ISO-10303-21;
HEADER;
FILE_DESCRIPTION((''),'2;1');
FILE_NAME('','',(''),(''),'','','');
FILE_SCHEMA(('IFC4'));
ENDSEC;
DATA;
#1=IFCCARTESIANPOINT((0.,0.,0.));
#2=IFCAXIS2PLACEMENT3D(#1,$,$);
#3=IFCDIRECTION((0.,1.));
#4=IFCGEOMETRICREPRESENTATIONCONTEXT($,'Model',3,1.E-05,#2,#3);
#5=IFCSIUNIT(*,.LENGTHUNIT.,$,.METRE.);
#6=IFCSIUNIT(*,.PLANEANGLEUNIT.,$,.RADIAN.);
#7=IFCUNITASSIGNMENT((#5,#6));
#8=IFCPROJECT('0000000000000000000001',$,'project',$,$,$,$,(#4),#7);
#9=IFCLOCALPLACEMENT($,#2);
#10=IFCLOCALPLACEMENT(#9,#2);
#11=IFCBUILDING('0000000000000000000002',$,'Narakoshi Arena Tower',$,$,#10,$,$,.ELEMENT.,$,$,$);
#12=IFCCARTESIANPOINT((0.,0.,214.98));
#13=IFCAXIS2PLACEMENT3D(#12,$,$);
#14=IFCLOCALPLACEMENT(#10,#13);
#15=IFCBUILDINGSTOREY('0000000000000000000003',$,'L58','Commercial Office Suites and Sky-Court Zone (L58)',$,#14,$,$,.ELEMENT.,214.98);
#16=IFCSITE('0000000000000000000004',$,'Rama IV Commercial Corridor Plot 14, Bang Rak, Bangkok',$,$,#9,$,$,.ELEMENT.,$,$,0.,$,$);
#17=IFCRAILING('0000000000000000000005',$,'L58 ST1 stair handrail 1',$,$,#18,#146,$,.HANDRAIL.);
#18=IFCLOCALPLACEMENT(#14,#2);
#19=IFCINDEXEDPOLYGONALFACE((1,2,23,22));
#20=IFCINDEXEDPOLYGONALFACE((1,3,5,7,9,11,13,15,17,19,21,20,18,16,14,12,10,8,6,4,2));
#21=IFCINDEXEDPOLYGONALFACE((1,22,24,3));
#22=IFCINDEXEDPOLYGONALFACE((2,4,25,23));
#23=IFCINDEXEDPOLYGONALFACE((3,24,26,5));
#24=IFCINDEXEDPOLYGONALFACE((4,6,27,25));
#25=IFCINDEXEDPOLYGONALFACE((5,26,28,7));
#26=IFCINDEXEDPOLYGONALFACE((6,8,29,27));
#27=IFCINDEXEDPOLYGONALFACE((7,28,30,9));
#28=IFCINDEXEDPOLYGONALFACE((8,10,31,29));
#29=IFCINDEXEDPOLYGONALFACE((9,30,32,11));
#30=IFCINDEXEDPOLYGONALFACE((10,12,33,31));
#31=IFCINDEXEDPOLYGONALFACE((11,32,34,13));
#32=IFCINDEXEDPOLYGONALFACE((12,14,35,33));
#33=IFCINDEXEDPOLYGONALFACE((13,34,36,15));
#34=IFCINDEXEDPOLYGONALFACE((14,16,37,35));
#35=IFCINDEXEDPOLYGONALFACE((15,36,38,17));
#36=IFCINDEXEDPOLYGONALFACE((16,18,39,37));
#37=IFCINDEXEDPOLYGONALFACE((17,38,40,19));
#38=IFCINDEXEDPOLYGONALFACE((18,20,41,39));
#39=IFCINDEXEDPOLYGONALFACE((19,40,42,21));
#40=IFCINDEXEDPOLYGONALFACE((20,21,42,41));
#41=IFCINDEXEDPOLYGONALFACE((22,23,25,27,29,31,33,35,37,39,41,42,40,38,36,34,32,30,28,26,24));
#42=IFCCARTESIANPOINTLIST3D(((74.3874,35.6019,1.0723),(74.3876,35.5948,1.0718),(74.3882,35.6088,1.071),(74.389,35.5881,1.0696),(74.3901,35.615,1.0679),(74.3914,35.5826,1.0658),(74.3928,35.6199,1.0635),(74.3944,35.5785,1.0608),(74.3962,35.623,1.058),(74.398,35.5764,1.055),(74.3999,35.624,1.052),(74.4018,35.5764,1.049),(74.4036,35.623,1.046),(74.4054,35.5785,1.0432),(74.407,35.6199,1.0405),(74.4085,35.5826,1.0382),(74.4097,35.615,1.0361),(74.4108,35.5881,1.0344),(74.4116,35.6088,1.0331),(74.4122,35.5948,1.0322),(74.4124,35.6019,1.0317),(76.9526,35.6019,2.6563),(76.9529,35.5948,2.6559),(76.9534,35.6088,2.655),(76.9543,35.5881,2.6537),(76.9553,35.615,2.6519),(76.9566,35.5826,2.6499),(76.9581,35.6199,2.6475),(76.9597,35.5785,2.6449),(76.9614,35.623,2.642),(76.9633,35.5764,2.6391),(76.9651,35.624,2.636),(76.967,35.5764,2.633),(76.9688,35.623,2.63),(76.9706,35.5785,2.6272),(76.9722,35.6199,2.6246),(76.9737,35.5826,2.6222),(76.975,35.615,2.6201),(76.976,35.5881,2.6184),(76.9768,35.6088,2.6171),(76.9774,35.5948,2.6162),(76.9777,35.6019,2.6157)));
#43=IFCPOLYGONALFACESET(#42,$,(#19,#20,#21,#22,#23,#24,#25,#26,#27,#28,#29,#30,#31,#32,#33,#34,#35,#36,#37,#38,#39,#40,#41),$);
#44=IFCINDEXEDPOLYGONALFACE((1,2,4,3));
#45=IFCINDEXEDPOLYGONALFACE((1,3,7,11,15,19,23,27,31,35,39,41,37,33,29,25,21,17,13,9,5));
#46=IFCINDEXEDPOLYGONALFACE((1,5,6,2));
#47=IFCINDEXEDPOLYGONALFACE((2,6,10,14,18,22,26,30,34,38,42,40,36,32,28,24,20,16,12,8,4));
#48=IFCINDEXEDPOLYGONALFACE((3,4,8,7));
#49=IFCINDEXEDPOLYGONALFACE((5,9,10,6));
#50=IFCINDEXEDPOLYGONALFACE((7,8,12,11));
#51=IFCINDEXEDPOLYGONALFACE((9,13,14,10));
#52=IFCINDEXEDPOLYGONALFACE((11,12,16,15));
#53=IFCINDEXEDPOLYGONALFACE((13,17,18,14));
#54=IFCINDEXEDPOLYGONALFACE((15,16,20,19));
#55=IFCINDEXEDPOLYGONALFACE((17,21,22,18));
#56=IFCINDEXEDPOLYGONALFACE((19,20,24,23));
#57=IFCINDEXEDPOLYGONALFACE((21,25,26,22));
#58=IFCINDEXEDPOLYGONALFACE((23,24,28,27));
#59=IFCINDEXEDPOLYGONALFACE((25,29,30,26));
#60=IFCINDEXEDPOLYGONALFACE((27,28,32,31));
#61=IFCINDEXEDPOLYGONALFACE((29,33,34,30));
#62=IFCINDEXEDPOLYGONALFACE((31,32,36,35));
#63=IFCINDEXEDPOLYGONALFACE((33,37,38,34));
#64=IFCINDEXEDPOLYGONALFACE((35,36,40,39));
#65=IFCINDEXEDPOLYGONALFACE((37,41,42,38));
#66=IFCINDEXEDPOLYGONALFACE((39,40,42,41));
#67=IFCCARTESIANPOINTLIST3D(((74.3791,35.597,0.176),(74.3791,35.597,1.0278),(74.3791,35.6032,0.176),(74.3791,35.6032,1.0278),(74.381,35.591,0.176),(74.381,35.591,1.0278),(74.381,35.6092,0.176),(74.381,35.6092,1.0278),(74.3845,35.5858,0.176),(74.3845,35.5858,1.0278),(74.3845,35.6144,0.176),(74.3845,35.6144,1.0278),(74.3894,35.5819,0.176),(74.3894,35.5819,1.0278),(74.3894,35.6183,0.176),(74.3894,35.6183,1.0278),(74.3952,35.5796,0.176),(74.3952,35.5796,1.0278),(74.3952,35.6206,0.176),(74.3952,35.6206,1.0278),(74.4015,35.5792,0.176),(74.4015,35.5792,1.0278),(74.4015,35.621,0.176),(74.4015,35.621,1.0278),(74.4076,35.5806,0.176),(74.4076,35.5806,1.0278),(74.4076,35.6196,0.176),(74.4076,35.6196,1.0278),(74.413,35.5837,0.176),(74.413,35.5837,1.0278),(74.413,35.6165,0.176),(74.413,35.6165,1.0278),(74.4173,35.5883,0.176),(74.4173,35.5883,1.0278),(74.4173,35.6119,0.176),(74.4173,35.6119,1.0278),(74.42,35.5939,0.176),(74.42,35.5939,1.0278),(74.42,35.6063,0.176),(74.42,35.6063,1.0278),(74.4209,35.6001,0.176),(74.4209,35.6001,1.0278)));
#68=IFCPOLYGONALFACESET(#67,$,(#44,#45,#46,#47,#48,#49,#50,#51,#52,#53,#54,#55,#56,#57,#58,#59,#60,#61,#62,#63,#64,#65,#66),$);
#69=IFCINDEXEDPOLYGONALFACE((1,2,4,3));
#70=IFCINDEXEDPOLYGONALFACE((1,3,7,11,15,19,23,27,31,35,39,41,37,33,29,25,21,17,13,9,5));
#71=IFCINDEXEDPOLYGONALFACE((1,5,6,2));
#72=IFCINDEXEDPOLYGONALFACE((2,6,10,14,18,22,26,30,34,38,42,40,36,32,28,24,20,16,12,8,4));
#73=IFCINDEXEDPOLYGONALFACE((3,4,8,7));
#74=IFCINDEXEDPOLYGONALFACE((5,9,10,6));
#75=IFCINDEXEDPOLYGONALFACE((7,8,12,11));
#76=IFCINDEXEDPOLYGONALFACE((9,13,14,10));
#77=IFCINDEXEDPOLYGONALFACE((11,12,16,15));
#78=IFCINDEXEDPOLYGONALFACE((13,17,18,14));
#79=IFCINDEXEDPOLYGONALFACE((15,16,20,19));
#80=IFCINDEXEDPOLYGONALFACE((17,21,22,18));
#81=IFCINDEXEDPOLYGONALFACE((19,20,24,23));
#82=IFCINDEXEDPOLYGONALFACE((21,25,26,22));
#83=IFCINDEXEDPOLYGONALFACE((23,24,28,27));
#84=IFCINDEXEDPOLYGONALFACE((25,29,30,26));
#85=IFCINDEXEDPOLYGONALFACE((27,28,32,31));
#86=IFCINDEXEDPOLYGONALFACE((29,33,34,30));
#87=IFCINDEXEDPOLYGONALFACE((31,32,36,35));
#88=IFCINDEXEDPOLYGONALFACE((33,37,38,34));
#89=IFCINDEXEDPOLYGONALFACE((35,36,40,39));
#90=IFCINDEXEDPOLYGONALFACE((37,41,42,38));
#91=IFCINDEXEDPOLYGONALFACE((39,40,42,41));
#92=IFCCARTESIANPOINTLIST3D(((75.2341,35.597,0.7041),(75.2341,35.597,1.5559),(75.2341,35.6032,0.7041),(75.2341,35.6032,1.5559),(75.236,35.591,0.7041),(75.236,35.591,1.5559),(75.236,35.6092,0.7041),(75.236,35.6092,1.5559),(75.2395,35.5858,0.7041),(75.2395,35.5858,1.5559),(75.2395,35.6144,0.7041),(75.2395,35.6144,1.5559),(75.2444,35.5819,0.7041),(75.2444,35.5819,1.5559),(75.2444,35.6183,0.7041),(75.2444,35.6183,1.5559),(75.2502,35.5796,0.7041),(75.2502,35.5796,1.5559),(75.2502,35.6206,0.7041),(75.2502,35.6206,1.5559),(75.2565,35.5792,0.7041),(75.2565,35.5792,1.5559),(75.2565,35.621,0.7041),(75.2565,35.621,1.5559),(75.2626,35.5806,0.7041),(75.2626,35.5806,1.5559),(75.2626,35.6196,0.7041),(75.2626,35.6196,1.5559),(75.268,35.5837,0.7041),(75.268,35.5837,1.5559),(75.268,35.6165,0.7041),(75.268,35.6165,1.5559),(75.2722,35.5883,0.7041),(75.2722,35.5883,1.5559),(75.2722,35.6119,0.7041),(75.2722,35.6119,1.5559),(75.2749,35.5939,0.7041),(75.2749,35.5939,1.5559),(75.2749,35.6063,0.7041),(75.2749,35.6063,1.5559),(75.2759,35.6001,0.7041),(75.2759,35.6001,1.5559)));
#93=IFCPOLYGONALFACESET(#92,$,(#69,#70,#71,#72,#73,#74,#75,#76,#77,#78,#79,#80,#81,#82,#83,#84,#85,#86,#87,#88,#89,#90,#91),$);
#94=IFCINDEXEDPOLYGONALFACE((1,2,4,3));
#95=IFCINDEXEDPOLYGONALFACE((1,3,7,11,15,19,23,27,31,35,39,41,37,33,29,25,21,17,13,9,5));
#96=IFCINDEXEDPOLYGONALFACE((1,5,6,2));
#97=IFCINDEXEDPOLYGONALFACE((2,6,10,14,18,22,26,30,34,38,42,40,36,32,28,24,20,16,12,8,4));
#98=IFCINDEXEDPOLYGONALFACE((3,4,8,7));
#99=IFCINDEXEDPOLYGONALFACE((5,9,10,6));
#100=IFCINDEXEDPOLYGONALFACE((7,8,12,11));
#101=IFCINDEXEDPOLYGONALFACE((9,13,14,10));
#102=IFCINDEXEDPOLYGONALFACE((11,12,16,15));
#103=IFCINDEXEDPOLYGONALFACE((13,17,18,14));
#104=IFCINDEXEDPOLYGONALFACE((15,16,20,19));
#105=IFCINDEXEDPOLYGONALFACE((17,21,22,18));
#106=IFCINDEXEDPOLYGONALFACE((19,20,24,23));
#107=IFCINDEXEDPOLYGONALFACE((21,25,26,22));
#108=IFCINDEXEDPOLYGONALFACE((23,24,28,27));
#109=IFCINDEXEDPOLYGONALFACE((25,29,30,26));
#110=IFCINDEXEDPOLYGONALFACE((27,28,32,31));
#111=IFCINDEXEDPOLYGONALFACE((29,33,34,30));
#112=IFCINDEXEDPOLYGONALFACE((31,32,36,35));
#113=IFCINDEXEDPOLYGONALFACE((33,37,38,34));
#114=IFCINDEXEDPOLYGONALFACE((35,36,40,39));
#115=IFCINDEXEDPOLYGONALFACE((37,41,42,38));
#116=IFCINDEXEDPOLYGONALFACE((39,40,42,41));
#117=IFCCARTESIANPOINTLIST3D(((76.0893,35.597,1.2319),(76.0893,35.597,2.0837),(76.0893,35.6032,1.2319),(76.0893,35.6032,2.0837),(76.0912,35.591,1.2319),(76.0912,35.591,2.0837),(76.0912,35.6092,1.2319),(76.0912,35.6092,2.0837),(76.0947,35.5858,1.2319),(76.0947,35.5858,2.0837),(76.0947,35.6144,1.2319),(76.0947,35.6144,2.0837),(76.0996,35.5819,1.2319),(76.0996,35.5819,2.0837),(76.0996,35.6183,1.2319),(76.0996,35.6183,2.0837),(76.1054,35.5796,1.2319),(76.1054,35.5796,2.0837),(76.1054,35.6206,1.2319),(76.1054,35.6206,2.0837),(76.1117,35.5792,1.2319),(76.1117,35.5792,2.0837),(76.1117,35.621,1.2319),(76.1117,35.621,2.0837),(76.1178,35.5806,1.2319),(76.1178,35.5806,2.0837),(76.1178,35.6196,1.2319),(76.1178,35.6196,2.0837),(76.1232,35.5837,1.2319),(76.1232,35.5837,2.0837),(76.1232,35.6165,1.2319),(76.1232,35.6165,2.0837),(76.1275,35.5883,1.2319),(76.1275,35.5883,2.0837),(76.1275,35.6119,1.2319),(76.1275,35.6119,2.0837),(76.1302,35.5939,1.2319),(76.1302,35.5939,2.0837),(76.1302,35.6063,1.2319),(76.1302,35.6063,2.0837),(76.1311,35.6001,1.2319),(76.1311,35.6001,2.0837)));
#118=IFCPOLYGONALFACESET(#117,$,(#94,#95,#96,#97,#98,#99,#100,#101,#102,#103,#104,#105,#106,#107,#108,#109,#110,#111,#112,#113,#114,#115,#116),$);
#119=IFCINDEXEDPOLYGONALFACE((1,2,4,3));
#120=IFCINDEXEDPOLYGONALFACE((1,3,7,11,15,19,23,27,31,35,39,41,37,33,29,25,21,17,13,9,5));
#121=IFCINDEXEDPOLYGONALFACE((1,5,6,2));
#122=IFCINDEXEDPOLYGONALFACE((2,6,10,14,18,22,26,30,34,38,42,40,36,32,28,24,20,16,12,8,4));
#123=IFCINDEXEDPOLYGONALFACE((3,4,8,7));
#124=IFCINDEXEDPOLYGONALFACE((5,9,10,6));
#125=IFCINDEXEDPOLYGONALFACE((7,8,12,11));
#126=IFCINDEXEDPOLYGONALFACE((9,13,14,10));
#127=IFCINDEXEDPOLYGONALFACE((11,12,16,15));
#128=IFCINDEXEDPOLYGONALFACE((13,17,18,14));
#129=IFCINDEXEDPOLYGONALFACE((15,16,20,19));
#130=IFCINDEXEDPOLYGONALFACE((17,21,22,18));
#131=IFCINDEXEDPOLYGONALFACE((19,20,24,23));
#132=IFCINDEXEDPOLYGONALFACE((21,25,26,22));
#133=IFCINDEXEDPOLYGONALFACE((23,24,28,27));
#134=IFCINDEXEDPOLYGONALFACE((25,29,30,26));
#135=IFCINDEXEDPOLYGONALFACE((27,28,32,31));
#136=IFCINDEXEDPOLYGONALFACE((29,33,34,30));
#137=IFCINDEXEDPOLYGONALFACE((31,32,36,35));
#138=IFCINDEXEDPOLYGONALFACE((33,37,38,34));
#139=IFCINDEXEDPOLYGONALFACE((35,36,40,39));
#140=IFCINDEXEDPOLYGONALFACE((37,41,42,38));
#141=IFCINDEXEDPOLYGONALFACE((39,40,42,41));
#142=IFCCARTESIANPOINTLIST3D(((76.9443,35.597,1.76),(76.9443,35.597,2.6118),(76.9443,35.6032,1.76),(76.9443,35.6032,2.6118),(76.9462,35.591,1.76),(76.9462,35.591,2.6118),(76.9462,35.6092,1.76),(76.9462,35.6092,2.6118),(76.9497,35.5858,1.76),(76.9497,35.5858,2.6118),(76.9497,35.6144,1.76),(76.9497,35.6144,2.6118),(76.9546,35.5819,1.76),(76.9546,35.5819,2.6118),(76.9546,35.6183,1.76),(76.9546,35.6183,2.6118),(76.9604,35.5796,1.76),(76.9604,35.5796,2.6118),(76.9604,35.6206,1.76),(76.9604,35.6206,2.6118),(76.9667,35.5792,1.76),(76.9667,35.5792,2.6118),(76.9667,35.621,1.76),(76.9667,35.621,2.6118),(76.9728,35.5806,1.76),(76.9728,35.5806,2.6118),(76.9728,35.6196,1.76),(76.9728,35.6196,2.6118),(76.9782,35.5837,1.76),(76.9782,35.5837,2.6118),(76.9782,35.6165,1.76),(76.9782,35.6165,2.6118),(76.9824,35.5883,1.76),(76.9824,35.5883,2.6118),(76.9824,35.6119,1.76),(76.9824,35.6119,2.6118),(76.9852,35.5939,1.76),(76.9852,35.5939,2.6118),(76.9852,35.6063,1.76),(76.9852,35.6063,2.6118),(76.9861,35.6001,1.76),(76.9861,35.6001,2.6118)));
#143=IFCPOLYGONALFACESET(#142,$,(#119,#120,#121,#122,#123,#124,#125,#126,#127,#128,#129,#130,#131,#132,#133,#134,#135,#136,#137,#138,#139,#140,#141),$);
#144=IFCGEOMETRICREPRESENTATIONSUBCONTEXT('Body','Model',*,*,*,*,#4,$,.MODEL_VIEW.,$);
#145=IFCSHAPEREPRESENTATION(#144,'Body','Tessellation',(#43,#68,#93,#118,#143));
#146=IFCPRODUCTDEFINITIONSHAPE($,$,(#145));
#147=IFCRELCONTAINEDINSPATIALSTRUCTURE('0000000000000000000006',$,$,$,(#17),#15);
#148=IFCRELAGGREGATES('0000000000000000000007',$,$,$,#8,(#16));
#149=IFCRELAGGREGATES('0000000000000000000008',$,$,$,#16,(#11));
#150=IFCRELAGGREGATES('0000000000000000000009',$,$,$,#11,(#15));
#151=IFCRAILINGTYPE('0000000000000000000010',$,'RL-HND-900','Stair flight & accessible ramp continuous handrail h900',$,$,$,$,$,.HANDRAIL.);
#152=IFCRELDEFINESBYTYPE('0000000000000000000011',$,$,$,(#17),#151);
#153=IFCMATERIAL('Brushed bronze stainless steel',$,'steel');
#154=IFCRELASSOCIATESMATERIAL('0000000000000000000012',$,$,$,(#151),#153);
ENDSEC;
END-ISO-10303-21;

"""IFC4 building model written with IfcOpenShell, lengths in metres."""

from ifc_helpers import new_model, si_unit, direction, frame, origin, origin_2d, place, context, subcontext, project, spatial, circle, extrude, material, type_object, element, save


model = new_model("IFC4")

# Units and contexts
model_context = context("Model", 3, precision=1e-05, world=origin(), true_north=direction((0.0, 1.0)))
body_context = subcontext(model_context, "Body", "Model", "MODEL_VIEW")
ifc_project = project(units=[si_unit("LENGTHUNIT", "METRE"), si_unit("PLANEANGLEUNIT", "RADIAN")], contexts=[model_context])

# Site, building, storey
site_placement = place(None, origin())
site = spatial("IfcSite", under=ifc_project, at=site_placement, Name="Rama IV Commercial Corridor Plot 14, Bang Rak, Bangkok", CompositionType="ELEMENT", RefElevation=0.0)
building_placement = place(site_placement, origin())
building = spatial("IfcBuilding", under=site, at=building_placement, Name="Narakoshi Arena Tower", CompositionType="ELEMENT")
storey_placement = place(building_placement, frame((0.0, 0.0, 214.98)))
storey = spatial("IfcBuildingStorey", under=building, at=storey_placement, Name="L58", Description="Commercial Office Suites and Sky-Court Zone (L58)", CompositionType="ELEMENT", Elevation=214.98)

# Railing
ifc_material_1 = material(Name="Brushed bronze stainless steel", Category="steel")
railing_type_1 = type_object("IfcRailingType", Name="RL-HND-900", Description="Stair flight & accessible ramp continuous handrail h900", PredefinedType="HANDRAIL", material=ifc_material_1)
railing_1_placement = place(storey_placement, frame((74.3999, 35.6001, 0.176)))
element("IfcRailing", 1, at=railing_1_placement, inside=storey, type_object=railing_type_1, Name="L58 ST1 stair handrail 1", PredefinedType="HANDRAIL", context=body_context, shape_type="SweptSolid", body=[
    extrude(circle(Radius=0.0239, at=origin_2d()), frame((0.0, 0.0, 0.876), z_axis=(0.850857, 0.0, 0.525398), x_axis=(0.0, 1.0, 0.0)), (0.0, 0.0, 1.0), 3.0149),
    extrude(circle(Radius=0.021, at=origin_2d()), origin(), (0.0, 0.0, 1.0), 0.8518),
    extrude(circle(Radius=0.021, at=origin_2d()), frame((0.855, 0.0, 0.5281)), (0.0, 0.0, 1.0), 0.8518),
    extrude(circle(Radius=0.021, at=origin_2d()), frame((1.7102, 0.0, 1.0559)), (0.0, 0.0, 1.0), 0.8518),
    extrude(circle(Radius=0.021, at=origin_2d()), frame((2.5652, 0.0, 1.584)), (0.0, 0.0, 1.0), 0.8518),
])

save(model, "model.ifc")
